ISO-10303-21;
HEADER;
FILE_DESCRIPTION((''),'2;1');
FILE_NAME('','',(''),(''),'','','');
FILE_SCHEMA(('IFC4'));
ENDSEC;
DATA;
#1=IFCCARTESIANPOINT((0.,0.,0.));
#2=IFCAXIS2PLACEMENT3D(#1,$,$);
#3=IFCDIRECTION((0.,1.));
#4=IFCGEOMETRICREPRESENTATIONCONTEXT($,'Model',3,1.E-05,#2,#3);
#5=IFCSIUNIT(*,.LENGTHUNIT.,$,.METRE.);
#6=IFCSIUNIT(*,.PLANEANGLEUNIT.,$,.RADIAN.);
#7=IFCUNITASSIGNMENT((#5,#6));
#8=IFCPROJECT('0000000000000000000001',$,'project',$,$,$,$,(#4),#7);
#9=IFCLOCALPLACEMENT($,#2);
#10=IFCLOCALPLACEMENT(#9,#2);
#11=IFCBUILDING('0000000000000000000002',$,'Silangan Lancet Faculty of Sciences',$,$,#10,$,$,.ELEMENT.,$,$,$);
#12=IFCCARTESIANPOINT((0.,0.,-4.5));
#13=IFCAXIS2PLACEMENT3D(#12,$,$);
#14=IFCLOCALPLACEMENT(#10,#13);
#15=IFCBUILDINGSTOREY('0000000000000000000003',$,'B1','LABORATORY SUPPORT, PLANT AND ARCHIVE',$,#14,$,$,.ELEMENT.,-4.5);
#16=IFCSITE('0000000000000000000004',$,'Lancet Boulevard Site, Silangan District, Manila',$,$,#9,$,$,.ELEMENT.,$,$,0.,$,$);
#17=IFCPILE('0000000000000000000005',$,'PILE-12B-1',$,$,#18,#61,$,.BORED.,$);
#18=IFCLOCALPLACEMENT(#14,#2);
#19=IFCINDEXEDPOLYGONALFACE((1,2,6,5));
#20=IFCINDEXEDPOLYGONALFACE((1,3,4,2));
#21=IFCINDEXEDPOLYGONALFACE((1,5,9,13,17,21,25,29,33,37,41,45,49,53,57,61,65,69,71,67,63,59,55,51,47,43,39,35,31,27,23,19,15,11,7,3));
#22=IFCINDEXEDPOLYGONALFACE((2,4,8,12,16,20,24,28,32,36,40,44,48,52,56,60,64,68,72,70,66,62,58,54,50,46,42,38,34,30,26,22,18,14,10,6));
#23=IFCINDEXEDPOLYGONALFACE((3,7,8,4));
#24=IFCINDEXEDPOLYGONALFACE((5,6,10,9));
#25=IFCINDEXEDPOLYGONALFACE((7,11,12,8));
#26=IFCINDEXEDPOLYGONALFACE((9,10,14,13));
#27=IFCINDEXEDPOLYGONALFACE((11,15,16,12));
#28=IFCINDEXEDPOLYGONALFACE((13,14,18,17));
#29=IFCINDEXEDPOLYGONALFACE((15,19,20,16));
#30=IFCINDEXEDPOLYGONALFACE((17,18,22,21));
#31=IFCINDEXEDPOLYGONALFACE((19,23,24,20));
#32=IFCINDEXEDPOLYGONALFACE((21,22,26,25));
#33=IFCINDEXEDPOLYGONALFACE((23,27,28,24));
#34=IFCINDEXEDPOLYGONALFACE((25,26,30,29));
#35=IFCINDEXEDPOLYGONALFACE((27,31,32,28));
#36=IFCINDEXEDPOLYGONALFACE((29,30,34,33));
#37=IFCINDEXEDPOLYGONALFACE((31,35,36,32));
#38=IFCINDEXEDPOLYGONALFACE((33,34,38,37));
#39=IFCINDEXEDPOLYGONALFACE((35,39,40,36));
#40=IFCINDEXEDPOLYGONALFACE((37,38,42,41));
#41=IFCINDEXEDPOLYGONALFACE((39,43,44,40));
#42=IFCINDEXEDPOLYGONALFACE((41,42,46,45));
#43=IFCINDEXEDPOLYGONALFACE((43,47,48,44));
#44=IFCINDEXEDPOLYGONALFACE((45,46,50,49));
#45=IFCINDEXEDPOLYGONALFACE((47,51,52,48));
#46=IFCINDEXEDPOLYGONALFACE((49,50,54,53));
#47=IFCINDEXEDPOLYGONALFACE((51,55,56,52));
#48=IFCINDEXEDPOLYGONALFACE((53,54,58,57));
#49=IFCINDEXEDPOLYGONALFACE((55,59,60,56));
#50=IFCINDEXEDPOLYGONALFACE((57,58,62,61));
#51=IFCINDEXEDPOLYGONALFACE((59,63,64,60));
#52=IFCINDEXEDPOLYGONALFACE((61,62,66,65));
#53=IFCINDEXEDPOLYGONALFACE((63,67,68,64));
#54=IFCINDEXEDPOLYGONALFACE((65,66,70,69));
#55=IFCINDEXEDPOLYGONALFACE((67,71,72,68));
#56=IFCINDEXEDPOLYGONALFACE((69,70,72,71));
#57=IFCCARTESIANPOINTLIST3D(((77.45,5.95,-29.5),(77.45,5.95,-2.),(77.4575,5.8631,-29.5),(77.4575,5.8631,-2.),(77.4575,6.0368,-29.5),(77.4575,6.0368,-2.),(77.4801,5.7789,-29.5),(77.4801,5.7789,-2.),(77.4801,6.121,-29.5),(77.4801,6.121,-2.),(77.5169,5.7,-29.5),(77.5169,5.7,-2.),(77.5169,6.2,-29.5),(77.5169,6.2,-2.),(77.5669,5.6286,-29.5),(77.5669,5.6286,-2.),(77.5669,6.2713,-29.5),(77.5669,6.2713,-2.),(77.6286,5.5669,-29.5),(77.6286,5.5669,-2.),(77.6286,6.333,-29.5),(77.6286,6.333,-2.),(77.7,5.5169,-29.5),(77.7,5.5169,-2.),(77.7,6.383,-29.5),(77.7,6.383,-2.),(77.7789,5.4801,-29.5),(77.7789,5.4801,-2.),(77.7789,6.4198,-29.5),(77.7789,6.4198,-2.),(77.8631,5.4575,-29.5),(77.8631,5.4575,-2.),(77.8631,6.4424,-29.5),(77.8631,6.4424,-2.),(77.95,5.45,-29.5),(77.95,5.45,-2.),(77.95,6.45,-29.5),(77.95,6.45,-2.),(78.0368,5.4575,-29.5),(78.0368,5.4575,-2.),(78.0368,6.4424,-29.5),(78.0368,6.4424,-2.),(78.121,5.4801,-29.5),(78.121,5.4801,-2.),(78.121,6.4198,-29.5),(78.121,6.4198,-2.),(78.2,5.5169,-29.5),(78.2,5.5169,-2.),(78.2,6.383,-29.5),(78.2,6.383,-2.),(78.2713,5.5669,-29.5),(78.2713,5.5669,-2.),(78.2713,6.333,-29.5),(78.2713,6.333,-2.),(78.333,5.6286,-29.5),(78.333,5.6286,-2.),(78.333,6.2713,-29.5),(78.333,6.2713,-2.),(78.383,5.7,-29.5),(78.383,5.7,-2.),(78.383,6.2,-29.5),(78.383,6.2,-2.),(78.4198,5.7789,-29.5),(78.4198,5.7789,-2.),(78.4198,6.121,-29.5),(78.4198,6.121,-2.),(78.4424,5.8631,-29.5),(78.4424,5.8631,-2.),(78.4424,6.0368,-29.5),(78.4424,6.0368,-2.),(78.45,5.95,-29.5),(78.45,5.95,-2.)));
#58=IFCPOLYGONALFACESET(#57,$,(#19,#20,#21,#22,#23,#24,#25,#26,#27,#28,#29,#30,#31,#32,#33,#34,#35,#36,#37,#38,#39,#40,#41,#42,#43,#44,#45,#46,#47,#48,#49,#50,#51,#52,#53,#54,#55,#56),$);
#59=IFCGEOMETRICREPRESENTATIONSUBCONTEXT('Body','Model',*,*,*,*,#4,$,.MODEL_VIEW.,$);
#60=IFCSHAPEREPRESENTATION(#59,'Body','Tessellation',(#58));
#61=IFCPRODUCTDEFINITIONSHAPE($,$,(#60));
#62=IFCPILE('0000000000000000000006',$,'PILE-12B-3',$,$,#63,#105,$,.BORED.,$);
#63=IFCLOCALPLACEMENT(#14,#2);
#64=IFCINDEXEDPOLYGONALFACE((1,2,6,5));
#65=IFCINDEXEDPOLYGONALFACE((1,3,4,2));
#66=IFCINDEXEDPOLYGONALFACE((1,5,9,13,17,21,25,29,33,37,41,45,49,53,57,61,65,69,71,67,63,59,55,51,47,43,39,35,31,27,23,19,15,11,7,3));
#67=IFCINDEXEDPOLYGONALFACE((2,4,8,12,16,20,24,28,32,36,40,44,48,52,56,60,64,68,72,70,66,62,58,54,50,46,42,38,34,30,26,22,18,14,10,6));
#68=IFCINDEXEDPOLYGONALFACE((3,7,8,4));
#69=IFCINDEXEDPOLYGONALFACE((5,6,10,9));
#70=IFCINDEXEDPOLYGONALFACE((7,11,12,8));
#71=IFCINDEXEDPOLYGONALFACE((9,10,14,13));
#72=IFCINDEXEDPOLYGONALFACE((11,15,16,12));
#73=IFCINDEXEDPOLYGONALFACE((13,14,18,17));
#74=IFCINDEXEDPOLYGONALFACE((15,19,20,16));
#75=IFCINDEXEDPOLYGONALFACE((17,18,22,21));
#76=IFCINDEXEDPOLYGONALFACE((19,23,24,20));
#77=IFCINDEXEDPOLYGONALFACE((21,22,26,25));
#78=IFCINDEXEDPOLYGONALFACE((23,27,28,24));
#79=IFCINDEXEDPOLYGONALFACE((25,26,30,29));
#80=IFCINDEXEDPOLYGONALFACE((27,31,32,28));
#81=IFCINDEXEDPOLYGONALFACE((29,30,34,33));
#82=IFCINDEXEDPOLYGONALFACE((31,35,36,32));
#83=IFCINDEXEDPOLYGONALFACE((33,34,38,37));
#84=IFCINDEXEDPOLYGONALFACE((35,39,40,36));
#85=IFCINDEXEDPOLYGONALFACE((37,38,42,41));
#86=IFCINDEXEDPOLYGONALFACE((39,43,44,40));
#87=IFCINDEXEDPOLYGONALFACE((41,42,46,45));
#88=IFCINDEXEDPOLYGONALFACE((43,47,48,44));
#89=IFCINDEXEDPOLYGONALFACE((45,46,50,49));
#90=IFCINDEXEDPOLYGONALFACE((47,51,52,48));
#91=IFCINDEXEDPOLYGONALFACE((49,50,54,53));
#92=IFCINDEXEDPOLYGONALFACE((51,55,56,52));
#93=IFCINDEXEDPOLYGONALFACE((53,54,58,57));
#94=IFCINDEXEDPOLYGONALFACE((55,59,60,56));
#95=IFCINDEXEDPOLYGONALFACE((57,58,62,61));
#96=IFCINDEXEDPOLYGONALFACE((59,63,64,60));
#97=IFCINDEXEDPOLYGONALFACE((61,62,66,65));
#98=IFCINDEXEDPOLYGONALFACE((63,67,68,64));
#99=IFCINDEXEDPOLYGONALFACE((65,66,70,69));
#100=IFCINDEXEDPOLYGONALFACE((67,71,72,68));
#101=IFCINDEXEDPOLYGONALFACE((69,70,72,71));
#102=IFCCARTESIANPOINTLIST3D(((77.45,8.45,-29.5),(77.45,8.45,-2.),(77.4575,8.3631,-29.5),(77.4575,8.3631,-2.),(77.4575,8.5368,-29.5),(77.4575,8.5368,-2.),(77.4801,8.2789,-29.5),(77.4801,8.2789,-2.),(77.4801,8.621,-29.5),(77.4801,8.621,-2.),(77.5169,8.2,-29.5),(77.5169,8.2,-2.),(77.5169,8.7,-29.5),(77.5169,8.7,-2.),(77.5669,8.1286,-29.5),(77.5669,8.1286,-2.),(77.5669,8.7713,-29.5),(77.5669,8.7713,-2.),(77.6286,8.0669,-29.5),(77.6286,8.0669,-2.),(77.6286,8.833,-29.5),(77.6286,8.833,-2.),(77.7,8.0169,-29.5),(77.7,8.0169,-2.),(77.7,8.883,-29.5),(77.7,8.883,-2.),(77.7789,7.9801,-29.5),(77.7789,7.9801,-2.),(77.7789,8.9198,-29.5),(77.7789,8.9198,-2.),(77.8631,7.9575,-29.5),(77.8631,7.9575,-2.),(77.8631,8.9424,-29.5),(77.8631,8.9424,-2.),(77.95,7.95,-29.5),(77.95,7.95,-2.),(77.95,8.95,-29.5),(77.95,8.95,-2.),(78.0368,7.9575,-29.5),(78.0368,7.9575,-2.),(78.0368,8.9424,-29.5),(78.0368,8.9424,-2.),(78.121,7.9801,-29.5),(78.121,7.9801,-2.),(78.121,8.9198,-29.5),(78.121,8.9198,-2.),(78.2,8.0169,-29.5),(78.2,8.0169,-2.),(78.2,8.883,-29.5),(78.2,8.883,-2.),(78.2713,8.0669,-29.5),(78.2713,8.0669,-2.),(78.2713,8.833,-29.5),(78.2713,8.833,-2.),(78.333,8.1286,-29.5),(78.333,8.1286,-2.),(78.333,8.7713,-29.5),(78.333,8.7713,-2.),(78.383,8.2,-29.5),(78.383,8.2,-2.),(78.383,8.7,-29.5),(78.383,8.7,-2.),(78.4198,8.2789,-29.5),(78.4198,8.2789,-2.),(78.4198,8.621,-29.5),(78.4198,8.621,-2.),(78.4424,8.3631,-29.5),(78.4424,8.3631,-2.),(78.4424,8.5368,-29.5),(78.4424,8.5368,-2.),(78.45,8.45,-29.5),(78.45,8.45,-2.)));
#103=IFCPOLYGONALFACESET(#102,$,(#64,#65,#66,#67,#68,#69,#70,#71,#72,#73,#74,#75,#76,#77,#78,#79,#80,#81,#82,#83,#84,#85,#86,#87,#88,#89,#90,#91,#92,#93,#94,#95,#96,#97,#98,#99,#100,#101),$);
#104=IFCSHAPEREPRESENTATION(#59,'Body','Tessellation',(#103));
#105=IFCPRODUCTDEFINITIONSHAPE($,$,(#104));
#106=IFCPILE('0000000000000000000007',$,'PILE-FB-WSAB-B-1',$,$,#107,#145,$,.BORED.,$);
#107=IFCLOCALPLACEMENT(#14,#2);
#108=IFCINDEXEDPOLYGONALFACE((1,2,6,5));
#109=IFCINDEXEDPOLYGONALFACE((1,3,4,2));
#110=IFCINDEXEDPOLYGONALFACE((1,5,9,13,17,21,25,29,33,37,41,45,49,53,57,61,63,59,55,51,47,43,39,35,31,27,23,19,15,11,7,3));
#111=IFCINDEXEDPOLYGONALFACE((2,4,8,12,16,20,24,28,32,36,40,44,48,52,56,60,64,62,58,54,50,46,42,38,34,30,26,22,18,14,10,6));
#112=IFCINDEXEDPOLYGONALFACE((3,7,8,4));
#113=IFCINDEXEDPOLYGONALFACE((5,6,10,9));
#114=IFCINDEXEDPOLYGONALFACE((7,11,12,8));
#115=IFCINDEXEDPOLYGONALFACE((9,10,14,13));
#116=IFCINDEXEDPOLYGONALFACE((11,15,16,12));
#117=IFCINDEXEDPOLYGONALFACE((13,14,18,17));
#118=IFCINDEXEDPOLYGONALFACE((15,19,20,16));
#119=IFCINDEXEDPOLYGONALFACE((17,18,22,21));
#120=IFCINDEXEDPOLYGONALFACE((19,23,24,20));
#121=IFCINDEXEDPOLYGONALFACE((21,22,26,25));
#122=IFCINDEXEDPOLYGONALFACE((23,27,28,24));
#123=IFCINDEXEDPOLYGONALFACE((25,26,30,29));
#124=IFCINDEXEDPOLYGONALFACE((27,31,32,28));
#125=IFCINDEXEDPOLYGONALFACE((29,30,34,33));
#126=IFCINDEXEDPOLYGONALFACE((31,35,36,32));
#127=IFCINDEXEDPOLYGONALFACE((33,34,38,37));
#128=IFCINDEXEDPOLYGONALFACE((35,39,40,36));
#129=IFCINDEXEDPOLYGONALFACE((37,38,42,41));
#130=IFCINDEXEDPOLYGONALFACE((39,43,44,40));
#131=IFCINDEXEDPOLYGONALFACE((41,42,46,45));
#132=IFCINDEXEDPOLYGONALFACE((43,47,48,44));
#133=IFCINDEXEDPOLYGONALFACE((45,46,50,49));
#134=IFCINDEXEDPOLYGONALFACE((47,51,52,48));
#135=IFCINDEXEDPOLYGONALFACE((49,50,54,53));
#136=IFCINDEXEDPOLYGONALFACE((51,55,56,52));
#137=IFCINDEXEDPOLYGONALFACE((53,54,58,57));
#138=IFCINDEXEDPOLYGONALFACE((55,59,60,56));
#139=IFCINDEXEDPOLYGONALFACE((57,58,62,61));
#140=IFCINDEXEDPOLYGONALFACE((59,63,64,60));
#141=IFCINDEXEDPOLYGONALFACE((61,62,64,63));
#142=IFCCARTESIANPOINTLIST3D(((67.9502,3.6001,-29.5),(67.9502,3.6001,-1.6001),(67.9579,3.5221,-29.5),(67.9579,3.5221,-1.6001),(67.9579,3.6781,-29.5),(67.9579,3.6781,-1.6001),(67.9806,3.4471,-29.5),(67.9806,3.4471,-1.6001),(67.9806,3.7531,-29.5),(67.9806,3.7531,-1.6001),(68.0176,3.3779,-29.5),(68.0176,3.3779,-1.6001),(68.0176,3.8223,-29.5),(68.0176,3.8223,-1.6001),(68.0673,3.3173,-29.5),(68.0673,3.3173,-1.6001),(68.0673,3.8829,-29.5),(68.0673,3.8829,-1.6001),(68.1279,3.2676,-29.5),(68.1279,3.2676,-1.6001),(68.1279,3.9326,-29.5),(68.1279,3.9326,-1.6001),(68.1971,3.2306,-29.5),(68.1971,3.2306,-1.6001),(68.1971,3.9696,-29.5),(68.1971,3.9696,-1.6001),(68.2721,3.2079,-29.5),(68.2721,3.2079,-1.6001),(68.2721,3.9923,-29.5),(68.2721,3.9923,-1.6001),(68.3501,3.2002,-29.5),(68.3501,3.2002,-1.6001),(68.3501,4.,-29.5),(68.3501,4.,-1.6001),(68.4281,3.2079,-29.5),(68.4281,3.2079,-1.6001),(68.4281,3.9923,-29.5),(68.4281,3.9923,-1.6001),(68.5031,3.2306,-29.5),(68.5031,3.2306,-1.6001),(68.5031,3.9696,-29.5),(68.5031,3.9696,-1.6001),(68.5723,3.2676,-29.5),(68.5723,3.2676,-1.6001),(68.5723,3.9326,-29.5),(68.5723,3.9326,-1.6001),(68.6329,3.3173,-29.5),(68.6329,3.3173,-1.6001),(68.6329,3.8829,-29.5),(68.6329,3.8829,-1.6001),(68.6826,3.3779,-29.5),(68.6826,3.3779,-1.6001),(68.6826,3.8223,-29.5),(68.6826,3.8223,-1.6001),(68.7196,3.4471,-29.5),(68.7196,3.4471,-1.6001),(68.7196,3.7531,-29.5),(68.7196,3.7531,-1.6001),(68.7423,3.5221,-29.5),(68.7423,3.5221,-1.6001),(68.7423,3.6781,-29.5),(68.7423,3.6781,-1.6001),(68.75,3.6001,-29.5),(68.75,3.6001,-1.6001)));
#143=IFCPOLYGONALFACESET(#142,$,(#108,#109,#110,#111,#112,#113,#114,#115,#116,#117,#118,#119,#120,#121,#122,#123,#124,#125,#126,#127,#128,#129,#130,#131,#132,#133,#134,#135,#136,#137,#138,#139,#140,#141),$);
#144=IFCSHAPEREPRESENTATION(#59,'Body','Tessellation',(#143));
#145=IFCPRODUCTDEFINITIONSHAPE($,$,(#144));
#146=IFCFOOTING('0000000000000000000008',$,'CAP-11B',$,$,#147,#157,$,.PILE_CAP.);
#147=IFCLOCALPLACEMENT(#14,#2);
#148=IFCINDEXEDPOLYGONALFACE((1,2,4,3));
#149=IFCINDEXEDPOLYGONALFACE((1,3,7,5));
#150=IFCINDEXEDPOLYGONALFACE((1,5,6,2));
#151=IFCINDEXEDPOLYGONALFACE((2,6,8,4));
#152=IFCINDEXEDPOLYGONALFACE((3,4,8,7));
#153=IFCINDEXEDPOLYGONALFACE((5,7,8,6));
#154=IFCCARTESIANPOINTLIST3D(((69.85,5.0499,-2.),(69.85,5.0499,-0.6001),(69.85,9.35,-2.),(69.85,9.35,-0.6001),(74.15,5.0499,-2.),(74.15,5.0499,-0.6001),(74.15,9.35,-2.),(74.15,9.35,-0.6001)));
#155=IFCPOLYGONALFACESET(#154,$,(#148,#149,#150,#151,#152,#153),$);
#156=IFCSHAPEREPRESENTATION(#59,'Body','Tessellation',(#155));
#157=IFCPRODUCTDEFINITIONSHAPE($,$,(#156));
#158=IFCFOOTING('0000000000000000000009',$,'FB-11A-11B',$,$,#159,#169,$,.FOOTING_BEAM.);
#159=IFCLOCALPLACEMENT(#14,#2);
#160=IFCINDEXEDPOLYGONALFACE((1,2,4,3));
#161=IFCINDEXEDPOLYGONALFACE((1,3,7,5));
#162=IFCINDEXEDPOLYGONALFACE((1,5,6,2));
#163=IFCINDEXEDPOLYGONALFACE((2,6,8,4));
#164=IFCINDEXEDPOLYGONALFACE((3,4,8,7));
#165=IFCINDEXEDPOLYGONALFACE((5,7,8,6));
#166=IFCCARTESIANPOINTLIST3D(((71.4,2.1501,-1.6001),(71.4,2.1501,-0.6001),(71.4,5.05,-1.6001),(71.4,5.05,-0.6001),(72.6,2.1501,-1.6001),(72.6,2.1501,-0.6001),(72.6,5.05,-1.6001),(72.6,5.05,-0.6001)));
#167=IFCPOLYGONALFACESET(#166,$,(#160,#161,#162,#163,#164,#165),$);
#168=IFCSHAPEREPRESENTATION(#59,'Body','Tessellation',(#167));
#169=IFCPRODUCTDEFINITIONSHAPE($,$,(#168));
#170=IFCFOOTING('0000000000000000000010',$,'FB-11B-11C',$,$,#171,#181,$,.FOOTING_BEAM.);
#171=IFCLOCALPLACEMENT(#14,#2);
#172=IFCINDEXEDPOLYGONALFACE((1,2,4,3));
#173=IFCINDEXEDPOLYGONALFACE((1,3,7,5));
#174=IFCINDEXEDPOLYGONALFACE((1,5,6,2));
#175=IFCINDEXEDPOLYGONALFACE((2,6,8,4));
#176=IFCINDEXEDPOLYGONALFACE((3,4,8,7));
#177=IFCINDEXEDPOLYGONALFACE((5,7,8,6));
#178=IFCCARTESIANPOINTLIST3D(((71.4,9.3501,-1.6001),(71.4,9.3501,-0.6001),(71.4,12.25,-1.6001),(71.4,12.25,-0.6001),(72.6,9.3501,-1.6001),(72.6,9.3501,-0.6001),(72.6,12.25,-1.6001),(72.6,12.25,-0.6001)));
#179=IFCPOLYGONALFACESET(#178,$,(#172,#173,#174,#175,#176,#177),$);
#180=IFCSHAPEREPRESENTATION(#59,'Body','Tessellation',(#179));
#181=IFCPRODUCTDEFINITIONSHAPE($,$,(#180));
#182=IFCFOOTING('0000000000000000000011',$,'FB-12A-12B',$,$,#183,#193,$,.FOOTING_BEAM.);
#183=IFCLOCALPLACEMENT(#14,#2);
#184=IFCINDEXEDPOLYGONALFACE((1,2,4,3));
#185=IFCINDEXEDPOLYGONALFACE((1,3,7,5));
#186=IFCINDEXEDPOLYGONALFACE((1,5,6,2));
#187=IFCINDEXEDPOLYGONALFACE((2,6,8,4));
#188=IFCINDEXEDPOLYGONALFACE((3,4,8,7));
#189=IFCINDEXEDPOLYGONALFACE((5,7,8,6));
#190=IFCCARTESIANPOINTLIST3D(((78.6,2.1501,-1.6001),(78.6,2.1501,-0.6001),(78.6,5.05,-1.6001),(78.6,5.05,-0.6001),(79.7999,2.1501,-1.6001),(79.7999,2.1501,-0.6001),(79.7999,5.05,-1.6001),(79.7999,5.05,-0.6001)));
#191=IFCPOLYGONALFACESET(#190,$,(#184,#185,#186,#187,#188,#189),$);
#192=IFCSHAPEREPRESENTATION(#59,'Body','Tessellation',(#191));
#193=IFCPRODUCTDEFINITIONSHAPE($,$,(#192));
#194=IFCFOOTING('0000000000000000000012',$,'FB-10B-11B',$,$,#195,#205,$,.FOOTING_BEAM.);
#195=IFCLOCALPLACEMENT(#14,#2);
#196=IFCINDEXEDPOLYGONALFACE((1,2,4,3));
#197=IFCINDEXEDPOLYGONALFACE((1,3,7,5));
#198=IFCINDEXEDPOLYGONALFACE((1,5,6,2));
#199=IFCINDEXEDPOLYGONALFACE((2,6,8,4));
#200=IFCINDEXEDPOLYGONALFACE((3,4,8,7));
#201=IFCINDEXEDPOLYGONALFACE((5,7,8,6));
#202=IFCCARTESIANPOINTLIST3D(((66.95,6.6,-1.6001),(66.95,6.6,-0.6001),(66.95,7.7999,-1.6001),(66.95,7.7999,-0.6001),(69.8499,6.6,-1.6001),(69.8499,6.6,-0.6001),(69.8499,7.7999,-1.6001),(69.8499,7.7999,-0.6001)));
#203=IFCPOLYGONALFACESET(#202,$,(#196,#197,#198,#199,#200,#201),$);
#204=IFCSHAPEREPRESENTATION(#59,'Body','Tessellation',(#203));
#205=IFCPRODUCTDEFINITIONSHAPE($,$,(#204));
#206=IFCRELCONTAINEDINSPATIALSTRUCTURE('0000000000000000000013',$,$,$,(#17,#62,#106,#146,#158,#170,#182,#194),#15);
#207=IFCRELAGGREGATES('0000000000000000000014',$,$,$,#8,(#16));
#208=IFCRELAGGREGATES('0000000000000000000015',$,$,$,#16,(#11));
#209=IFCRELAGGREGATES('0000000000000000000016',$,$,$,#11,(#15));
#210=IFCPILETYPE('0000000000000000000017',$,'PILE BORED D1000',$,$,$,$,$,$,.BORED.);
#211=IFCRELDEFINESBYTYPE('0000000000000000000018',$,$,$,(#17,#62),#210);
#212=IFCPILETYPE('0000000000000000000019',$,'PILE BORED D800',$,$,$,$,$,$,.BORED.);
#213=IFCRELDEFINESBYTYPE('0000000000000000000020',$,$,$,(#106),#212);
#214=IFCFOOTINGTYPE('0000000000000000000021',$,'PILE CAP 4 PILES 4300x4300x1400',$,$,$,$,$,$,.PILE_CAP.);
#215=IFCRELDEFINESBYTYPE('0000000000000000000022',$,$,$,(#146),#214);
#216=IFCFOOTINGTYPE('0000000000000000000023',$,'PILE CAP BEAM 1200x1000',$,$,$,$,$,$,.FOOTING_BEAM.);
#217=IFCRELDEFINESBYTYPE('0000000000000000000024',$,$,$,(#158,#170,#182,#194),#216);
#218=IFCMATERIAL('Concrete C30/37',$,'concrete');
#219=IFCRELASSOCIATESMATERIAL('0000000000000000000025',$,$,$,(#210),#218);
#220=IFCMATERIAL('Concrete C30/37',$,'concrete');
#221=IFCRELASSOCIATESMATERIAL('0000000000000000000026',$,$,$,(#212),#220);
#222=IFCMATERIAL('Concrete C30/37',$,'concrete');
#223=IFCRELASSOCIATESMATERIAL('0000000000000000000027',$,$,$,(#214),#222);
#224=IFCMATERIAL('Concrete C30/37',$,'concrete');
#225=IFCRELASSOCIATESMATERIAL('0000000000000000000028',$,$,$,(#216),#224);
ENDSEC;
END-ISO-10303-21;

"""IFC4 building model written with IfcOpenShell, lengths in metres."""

from ifc_helpers import new_model, si_unit, direction, frame, origin, origin_2d, place, context, subcontext, project, spatial, rectangle, circle, extrude, material, material_profile, profile_set, type_object, element, save


model = new_model("IFC4")

# Units and contexts
model_context = context("Model", 3, precision=1e-05, world=origin(), true_north=direction((0.0, 1.0)))
body_context = subcontext(model_context, "Body", "Model", "MODEL_VIEW")
ifc_project = project(units=[si_unit("LENGTHUNIT", "METRE"), si_unit("PLANEANGLEUNIT", "RADIAN")], contexts=[model_context])

# Site, building, storey
site_placement = place(None, origin())
site = spatial("IfcSite", under=ifc_project, at=site_placement, Name="Lancet Boulevard Site, Silangan District, Manila", CompositionType="ELEMENT", RefElevation=0.0)
building_placement = place(site_placement, origin())
building = spatial("IfcBuilding", under=site, at=building_placement, Name="Silangan Lancet Faculty of Sciences", CompositionType="ELEMENT")
storey_placement = place(building_placement, frame((0.0, 0.0, -4.5)))
storey = spatial("IfcBuildingStorey", under=building, at=storey_placement, Name="B1", Description="LABORATORY SUPPORT, PLANT AND ARCHIVE", CompositionType="ELEMENT", Elevation=-4.5)

# Piles
ifc_material_1 = material(Name="Concrete C30/37", Category="concrete")
ifc_material_profile_1 = material_profile(ifc_material_1, circle(Radius=0.5, at=origin_2d()), Name="BORED PILE D1000")
ifc_profile_set_1 = profile_set([ifc_material_profile_1], Name="Concrete C30/37")
pile_type_1 = type_object("IfcPileType", Name="PILE BORED D1000", PredefinedType="BORED", material=ifc_profile_set_1)
for number, where, z_axis, x_axis, name in (
    (1, (77.95, 5.95, -2.0), (0.0, 0.0, -1.0), (1.0, 0.0, 0.0), "PILE-12B-1"),
    (2, (77.95, 8.45, -2.0), (0.0, 0.0, -1.0), (1.0, 0.0, 0.0), "PILE-12B-3"),
):
    element("IfcPile", number, at=place(storey_placement, frame(where, z_axis=z_axis, x_axis=x_axis)), inside=storey, type_object=pile_type_1, Name=name, PredefinedType="BORED", context=body_context, shape_type="SweptSolid", body=[
        extrude(circle(Radius=0.5, at=origin_2d()), origin(), (0.0, 0.0, 1.0), 27.5),
    ])
ifc_material_2 = material(Name="Concrete C30/37", Category="concrete")
ifc_material_profile_2 = material_profile(ifc_material_2, circle(Radius=0.3999, at=origin_2d()), Name="BORED PILE D800")
ifc_profile_set_2 = profile_set([ifc_material_profile_2], Name="Concrete C30/37")
pile_type_2 = type_object("IfcPileType", Name="PILE BORED D800", PredefinedType="BORED", material=ifc_profile_set_2)
pile_placement = place(storey_placement, frame((68.3501, 3.6001, -1.6001), z_axis=(0.0, 0.0, -1.0), x_axis=(1.0, 0.0, 0.0)))
element("IfcPile", 3, at=pile_placement, inside=storey, type_object=pile_type_2, Name="PILE-FB-WSAB-B-1", PredefinedType="BORED", context=body_context, shape_type="SweptSolid", body=[
    extrude(circle(Radius=0.3999, at=origin_2d()), origin(), (0.0, 0.0, 1.0), 27.8999),
])

# Footings
ifc_material_3 = material(Name="Concrete C30/37", Category="concrete")
footing_type_1 = type_object("IfcFootingType", Name="PILE CAP 4 PILES 4300x4300x1400", PredefinedType="PILE_CAP", material=ifc_material_3)
footing_placement = place(storey_placement, frame((72.0, 7.2, -2.0), z_axis=(0.0, 0.0, 1.0), x_axis=(1.0, 0.0, 0.0)))
element("IfcFooting", 4, at=footing_placement, inside=storey, type_object=footing_type_1, Name="CAP-11B", PredefinedType="PILE_CAP", context=body_context, shape_type="SweptSolid", body=[
    extrude(rectangle(XDim=4.3, YDim=4.3, at=origin_2d()), origin(), (0.0, 0.0, 1.0), 1.3999),
])
ifc_material_4 = material(Name="Concrete C30/37", Category="concrete")
footing_type_2 = type_object("IfcFootingType", Name="PILE CAP BEAM 1200x1000", PredefinedType="FOOTING_BEAM", material=ifc_material_4)
for number, where, z_axis, x_axis, name in (
    (5, (72.0, 3.6001, -1.6001), (0.0, 0.0, 1.0), (0.0, 1.0, 0.0), "FB-11A-11B"),
    (6, (72.0, 10.8, -1.6001), (0.0, 0.0, 1.0), (0.0, 1.0, 0.0), "FB-11B-11C"),
    (7, (79.2, 3.6001, -1.6001), (0.0, 0.0, 1.0), (0.0, 1.0, 0.0), "FB-12A-12B"),
    (8, (68.3999, 7.2, -1.6001), (0.0, 0.0, 1.0), (1.0, 0.0, 0.0), "FB-10B-11B"),
):
    element("IfcFooting", number, at=place(storey_placement, frame(where, z_axis=z_axis, x_axis=x_axis)), inside=storey, type_object=footing_type_2, Name=name, PredefinedType="FOOTING_BEAM", context=body_context, shape_type="SweptSolid", body=[
        extrude(rectangle(XDim=2.8999, YDim=1.2, at=origin_2d()), origin(), (0.0, 0.0, 1.0), 1.0),
    ])

save(model, "model.ifc")
